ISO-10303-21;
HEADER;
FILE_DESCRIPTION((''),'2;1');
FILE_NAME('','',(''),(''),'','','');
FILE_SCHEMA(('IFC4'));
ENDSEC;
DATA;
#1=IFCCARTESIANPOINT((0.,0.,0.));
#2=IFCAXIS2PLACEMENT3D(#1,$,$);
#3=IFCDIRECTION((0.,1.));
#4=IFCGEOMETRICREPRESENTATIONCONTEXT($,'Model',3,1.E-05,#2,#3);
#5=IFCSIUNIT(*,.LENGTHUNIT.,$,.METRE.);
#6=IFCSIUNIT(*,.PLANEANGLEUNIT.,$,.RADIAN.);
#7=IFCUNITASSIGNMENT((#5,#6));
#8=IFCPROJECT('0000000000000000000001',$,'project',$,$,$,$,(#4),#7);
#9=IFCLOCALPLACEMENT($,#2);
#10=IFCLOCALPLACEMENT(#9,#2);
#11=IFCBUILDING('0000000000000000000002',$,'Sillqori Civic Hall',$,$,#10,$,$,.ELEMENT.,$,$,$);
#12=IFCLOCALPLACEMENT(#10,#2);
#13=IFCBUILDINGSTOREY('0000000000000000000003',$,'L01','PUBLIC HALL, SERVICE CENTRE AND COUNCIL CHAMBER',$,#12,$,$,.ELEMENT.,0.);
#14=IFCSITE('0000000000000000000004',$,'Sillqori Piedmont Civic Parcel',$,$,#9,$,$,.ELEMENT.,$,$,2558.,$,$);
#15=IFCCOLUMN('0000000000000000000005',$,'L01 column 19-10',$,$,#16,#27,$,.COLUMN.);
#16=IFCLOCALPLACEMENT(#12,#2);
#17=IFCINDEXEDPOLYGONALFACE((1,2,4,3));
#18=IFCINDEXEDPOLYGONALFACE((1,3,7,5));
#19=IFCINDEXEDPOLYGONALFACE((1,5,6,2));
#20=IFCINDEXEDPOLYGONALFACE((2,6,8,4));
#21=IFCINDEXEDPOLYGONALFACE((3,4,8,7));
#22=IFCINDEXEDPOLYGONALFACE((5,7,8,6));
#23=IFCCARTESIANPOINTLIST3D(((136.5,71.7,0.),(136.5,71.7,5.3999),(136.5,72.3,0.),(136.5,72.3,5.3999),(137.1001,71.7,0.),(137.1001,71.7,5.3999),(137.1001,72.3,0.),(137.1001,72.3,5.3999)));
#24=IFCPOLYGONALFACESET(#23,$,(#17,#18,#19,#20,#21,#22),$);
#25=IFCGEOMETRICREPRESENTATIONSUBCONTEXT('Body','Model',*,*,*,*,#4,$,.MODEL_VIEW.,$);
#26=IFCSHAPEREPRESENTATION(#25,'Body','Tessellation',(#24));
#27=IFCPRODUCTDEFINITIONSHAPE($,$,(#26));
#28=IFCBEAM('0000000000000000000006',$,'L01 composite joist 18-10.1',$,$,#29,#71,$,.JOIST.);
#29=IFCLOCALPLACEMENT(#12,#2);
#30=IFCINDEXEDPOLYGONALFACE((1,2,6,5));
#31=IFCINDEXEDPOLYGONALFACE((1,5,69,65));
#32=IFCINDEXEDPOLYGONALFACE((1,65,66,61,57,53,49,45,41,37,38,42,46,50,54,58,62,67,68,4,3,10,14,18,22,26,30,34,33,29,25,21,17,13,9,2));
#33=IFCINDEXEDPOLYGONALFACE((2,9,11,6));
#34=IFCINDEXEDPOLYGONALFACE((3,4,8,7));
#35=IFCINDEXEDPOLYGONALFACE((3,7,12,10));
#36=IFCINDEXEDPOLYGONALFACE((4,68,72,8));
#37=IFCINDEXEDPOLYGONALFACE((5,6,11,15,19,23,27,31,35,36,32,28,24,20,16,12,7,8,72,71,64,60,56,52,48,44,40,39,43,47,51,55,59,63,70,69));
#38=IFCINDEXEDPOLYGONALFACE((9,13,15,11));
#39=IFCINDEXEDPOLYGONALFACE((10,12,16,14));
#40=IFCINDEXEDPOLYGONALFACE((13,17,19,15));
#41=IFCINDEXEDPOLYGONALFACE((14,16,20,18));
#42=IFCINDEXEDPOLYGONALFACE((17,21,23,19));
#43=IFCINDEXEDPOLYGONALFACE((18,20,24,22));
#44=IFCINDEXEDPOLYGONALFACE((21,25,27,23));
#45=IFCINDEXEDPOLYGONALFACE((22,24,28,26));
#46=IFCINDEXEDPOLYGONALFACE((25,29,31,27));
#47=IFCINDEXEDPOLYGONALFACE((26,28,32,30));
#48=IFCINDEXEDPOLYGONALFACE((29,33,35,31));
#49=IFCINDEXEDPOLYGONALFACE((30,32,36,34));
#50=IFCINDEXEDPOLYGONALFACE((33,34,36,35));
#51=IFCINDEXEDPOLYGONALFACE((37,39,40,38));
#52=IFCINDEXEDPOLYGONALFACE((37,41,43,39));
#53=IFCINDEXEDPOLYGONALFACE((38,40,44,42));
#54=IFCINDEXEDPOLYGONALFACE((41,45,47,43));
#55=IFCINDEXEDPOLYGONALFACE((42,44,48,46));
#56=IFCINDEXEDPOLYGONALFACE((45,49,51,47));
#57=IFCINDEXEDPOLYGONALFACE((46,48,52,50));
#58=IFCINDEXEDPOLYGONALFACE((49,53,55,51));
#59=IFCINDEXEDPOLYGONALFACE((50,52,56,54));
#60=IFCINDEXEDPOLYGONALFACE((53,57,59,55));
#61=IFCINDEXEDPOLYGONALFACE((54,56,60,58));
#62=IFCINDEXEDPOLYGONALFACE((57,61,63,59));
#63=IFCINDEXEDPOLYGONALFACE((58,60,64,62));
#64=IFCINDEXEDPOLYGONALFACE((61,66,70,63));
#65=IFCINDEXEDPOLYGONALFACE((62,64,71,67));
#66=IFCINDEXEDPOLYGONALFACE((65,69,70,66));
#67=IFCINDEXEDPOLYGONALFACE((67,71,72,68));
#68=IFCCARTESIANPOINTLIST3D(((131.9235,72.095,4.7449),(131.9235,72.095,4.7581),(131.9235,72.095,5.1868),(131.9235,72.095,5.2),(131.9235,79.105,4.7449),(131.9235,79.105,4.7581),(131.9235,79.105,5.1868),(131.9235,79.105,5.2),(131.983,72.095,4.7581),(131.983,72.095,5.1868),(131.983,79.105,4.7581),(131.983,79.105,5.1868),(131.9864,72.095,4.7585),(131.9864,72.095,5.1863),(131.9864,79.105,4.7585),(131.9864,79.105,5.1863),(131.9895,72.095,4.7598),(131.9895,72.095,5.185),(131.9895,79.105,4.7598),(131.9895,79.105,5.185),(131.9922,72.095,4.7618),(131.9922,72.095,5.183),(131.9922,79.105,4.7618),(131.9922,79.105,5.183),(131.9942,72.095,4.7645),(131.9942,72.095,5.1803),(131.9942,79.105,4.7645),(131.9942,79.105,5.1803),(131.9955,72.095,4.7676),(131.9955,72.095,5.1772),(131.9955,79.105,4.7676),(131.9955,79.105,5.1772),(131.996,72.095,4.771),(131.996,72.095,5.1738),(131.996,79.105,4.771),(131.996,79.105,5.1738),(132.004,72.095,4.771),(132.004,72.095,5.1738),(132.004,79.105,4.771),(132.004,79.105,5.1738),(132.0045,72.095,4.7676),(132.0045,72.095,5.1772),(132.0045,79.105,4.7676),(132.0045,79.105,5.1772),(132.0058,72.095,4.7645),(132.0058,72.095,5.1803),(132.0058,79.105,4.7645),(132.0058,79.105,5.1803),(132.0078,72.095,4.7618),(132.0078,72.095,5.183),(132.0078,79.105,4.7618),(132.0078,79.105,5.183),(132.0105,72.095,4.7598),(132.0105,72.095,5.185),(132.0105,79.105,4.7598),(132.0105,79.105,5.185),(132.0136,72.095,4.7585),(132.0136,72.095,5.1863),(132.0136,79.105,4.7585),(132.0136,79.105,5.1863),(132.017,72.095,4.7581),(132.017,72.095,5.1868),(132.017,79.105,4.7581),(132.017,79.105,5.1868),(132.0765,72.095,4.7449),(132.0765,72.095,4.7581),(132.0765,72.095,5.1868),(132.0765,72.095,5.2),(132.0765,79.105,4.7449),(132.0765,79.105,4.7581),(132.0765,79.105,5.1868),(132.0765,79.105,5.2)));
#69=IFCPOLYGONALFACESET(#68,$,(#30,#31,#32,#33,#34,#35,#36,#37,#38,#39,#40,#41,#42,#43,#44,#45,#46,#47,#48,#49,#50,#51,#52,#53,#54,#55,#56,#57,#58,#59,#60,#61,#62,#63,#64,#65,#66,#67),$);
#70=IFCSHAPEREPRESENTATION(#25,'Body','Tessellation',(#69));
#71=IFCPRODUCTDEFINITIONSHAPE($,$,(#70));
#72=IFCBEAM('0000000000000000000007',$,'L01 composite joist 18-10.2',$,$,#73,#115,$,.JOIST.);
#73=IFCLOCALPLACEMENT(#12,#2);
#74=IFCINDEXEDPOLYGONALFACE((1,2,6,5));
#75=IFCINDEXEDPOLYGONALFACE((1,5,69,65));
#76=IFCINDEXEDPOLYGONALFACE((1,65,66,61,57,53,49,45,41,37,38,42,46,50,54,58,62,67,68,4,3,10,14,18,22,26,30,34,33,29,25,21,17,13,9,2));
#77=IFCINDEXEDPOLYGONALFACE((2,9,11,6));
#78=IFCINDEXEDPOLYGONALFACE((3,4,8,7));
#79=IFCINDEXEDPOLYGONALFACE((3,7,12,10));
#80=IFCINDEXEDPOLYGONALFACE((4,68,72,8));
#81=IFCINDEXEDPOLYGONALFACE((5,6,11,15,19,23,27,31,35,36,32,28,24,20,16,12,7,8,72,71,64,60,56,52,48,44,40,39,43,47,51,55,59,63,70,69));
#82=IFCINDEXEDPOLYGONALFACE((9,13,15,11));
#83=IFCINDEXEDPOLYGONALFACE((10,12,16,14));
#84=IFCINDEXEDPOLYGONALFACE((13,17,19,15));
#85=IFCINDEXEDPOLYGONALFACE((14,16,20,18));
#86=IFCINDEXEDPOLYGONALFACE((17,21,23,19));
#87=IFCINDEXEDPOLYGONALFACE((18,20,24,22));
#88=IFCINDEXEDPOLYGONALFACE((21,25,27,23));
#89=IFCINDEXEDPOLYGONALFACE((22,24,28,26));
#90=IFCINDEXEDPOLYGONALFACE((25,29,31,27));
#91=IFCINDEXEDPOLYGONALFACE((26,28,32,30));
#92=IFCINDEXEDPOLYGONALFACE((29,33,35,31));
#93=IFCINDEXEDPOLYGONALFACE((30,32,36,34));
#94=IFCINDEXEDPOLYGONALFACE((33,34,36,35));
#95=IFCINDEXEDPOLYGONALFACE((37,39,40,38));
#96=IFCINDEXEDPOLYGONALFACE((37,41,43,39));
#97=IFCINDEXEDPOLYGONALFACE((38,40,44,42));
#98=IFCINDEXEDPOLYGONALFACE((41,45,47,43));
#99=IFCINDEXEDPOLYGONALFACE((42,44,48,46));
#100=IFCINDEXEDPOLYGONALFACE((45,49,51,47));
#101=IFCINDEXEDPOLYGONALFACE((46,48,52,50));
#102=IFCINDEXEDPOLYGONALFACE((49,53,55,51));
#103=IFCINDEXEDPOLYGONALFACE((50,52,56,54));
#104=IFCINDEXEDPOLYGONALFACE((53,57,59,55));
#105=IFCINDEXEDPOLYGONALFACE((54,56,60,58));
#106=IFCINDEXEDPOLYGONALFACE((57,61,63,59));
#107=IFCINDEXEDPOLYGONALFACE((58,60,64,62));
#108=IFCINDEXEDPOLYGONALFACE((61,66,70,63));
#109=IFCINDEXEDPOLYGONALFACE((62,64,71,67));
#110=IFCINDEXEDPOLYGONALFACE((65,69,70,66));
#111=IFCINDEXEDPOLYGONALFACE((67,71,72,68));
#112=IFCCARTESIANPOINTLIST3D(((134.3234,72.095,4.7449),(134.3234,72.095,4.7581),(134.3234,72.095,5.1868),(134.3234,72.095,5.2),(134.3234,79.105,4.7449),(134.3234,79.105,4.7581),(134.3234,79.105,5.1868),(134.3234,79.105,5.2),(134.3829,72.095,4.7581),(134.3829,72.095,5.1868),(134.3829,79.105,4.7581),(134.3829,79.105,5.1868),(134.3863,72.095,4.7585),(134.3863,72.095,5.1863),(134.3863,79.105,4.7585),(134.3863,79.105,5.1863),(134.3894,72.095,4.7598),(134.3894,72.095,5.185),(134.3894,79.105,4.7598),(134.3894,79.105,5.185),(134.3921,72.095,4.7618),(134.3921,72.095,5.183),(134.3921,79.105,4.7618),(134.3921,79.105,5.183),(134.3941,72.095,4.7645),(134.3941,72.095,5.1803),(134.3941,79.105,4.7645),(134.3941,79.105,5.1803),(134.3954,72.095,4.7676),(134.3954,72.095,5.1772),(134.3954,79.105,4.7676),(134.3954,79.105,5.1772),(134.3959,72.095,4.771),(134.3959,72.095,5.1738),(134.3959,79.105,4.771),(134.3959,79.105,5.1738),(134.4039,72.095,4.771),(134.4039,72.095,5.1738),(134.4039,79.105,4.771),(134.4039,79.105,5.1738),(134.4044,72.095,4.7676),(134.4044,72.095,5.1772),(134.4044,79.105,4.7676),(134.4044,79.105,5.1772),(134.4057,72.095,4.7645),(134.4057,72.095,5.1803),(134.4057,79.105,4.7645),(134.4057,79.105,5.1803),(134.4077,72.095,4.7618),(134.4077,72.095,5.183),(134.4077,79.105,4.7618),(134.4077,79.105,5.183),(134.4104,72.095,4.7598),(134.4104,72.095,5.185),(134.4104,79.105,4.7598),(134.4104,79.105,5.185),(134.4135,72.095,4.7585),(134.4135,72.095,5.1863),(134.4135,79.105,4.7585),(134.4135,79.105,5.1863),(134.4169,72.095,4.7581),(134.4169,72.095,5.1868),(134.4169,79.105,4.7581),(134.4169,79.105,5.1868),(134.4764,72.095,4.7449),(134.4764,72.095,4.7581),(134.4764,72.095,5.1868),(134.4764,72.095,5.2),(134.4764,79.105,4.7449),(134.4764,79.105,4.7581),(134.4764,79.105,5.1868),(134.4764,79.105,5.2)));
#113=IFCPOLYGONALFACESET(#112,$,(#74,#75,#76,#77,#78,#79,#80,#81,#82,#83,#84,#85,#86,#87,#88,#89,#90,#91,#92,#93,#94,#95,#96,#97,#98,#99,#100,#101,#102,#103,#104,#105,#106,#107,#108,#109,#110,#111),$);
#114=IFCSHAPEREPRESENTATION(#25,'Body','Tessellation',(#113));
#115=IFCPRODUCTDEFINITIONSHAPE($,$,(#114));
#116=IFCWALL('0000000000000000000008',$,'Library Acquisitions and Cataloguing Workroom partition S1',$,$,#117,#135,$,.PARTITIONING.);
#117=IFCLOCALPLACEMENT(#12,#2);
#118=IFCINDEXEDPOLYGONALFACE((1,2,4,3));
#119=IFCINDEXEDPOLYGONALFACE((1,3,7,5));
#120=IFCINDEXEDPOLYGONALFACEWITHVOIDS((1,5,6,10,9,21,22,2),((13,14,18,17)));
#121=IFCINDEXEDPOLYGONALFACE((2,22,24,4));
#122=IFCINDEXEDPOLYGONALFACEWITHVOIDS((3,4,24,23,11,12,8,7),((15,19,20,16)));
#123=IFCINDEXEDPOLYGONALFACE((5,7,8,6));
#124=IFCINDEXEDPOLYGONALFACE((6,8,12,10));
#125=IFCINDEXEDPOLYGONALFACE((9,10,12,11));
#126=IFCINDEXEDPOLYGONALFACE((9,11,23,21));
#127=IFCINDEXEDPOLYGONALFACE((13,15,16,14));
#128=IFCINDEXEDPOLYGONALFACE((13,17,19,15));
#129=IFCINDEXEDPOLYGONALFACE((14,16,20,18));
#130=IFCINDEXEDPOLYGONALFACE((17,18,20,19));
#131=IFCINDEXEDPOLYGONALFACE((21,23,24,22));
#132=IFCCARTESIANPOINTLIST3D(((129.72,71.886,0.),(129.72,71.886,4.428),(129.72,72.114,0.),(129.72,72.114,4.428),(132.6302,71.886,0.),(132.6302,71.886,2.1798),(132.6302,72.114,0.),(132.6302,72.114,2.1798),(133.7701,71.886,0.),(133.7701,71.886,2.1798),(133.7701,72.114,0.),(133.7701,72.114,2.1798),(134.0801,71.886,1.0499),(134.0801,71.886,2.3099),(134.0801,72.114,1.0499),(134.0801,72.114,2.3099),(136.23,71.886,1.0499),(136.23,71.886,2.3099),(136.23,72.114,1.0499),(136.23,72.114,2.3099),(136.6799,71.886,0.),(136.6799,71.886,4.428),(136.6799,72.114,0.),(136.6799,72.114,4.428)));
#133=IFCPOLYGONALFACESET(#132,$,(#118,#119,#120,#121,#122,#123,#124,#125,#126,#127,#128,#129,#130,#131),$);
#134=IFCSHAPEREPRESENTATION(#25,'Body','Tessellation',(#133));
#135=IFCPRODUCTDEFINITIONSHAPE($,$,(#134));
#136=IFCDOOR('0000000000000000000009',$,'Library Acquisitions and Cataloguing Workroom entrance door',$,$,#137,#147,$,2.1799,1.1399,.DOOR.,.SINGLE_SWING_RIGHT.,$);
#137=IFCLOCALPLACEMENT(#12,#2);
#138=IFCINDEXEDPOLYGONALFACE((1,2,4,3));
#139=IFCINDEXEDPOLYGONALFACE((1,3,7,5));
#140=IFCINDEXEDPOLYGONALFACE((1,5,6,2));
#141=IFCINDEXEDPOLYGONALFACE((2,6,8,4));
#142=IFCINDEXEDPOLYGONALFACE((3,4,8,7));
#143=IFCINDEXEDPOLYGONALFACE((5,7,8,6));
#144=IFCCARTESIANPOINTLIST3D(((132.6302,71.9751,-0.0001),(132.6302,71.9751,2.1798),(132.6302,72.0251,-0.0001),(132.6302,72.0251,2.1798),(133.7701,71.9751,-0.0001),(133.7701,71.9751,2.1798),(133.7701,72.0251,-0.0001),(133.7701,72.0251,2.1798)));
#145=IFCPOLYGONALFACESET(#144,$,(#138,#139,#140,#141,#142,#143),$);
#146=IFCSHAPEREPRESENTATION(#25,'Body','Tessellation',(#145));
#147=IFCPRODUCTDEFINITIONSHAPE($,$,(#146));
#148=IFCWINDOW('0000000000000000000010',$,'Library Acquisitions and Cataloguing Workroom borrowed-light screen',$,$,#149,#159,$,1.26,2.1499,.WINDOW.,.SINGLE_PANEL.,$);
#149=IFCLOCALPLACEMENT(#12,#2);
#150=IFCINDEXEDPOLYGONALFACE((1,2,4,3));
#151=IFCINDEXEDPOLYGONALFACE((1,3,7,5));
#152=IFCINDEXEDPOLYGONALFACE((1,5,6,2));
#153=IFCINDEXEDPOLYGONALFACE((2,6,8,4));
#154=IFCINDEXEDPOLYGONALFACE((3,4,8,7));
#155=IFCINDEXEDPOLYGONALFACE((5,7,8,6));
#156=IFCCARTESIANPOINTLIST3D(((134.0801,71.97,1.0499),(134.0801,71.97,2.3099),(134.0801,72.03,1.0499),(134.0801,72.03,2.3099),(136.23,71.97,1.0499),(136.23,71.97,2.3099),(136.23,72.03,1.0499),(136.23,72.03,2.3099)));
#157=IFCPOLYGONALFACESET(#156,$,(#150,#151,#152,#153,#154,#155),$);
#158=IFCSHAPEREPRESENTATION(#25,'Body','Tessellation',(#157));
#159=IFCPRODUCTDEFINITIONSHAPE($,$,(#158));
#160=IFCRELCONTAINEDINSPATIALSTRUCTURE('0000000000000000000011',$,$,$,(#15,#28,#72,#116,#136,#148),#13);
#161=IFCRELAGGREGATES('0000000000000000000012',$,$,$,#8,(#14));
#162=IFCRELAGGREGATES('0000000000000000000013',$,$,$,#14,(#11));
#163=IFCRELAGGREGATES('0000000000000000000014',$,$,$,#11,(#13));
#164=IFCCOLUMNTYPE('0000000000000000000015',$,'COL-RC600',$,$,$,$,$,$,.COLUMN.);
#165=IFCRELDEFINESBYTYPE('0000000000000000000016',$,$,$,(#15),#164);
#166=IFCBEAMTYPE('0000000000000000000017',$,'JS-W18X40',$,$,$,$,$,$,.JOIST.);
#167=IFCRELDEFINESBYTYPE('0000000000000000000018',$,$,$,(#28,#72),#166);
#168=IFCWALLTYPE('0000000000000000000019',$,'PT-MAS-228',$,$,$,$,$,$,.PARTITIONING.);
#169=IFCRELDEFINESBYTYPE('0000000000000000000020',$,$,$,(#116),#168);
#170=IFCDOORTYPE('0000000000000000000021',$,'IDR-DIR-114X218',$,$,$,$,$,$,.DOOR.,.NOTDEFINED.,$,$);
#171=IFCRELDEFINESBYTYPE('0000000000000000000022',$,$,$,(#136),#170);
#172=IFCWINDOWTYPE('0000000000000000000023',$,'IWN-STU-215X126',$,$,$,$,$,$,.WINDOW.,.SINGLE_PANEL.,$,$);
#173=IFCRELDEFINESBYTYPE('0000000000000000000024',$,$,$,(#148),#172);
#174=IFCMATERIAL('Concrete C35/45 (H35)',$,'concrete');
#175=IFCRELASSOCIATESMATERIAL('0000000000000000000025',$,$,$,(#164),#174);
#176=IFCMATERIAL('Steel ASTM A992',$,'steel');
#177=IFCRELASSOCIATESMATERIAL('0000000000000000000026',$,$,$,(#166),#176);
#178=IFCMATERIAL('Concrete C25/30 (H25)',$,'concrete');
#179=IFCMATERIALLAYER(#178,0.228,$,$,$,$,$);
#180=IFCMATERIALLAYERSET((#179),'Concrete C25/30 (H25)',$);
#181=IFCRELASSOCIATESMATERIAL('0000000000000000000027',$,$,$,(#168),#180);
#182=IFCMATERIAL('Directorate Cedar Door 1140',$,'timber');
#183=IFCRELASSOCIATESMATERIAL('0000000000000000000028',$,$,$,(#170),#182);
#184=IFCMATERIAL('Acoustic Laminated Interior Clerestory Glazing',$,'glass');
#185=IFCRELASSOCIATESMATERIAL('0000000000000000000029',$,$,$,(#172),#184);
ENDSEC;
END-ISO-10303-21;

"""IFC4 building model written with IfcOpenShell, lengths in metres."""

from ifc_helpers import new_model, si_unit, direction, frame, frame_2d, origin, origin_2d, place, context, subcontext, project, spatial, rectangle, i_section, extrude, material, layer, layer_set, material_profile, profile_set, type_object, element, fill, save


model = new_model("IFC4")

# Units and contexts
model_context = context("Model", 3, precision=1e-05, world=origin(), true_north=direction((0.0, 1.0)))
body_context = subcontext(model_context, "Body", "Model", "MODEL_VIEW")
ifc_project = project(units=[si_unit("LENGTHUNIT", "METRE"), si_unit("PLANEANGLEUNIT", "RADIAN")], contexts=[model_context])

# Site, building, storey
site_placement = place(None, origin())
site = spatial("IfcSite", under=ifc_project, at=site_placement, Name="Sillqori Piedmont Civic Parcel", CompositionType="ELEMENT", RefElevation=2558.0)
building_placement = place(site_placement, origin())
building = spatial("IfcBuilding", under=site, at=building_placement, Name="Sillqori Civic Hall", CompositionType="ELEMENT")
storey_placement = place(building_placement, origin())
storey = spatial("IfcBuildingStorey", under=building, at=storey_placement, Name="L01", Description="PUBLIC HALL, SERVICE CENTRE AND COUNCIL CHAMBER", CompositionType="ELEMENT", Elevation=0.0)

# Column
ifc_material_1 = material(Name="Concrete C35/45 (H35)", Category="concrete")
ifc_material_profile_1 = material_profile(ifc_material_1, rectangle(XDim=0.6001, YDim=0.6001, at=origin_2d()), Name="RC 600x600")
ifc_profile_set_1 = profile_set([ifc_material_profile_1], Name="Concrete C35/45 (H35)")
column_type = type_object("IfcColumnType", Name="COL-RC600", PredefinedType="COLUMN", material=ifc_profile_set_1)
column_placement = place(storey_placement, frame((136.8, 72.0, 0.0), z_axis=(0.0, 0.0, 1.0), x_axis=(1.0, 0.0, 0.0)))
element("IfcColumn", 1, at=column_placement, inside=storey, type_object=column_type, Name="L01 column 19-10", PredefinedType="COLUMN", context=body_context, shape_type="SweptSolid", body=[
    extrude(rectangle(XDim=0.6001, YDim=0.6001, at=origin_2d()), origin(), (0.0, 0.0, 1.0), 5.3999),
])

# Beams
ifc_material_2 = material(Name="Steel ASTM A992", Category="steel")
ifc_material_profile_2 = material_profile(ifc_material_2, i_section(OverallWidth=0.1531, OverallDepth=0.4551, WebThickness=0.0081, FlangeThickness=0.0132, FilletRadius=0.0129, at=origin_2d()), Name="W18X40")
ifc_profile_set_2 = profile_set([ifc_material_profile_2], Name="Steel ASTM A992")
beam_type = type_object("IfcBeamType", Name="JS-W18X40", PredefinedType="JOIST", material=ifc_profile_set_2)
for number, where, z_axis, x_axis, name in (
    (2, (132.0, 72.095, 4.9724), (0.0, 1.0, 0.0), (-1.0, 0.0, 0.0), "L01 composite joist 18-10.1"),
    (3, (134.3999, 72.095, 4.9724), (0.0, 1.0, 0.0), (-1.0, 0.0, 0.0), "L01 composite joist 18-10.2"),
):
    element("IfcBeam", number, at=place(storey_placement, frame(where, z_axis=z_axis, x_axis=x_axis)), inside=storey, type_object=beam_type, Name=name, PredefinedType="JOIST", context=body_context, shape_type="SweptSolid", body=[
        extrude(i_section(OverallWidth=0.1531, OverallDepth=0.4551, WebThickness=0.0081, FlangeThickness=0.0132, FilletRadius=0.0129, at=origin_2d()), origin(), (0.0, 0.0, 1.0), 7.01),
    ])

# Wall, openings, door, window
ifc_material_3 = material(Name="Concrete C25/30 (H25)", Category="concrete")
ifc_layer = layer(ifc_material_3, 0.228)
ifc_layer_set = layer_set([ifc_layer], Name="Concrete C25/30 (H25)")
wall_type = type_object("IfcWallType", Name="PT-MAS-228", PredefinedType="PARTITIONING", material=ifc_layer_set)
wall_placement = place(storey_placement, frame((136.6799, 72.0, 0.0), z_axis=(0.0, 0.0, 1.0), x_axis=(-1.0, 0.0, 0.0)))
wall = element("IfcWall", 4, at=wall_placement, inside=storey, type_object=wall_type, Name="Library Acquisitions and Cataloguing Workroom partition S1", PredefinedType="PARTITIONING", context=body_context, shape_type="SweptSolid", body=[
    extrude(rectangle(XDim=6.96, YDim=0.228, at=frame_2d((3.48, 0.0))), origin(), (0.0, 0.0, 1.0), 4.428),
])
opening_1_placement = place(wall_placement, frame((2.9099, 0.0, 0.0)))
opening_1 = element("IfcOpeningElement", 5, at=opening_1_placement, cuts=wall, PredefinedType="OPENING", context=body_context, shape_type="SweptSolid", body=[
    extrude(rectangle(XDim=1.1399, YDim=2.1799, at=frame_2d((0.5698, 1.0898))), frame((0.0, 0.124, 0.0), z_axis=(0.0, -1.0, 0.0), x_axis=(1.0, 0.0, 0.0)), (0.0, 0.0, 1.0), 0.248),
])
opening_2_placement = place(wall_placement, frame((0.45, 0.0, 1.05)))
opening_2 = element("IfcOpeningElement", 6, at=opening_2_placement, cuts=wall, PredefinedType="OPENING", context=body_context, shape_type="SweptSolid", body=[
    extrude(rectangle(XDim=2.1499, YDim=1.26, at=frame_2d((1.075, 0.6299))), frame((0.0, 0.124, 0.0), z_axis=(0.0, -1.0, 0.0), x_axis=(1.0, 0.0, 0.0)), (0.0, 0.0, 1.0), 0.248),
])
ifc_material_4 = material(Name="Directorate Cedar Door 1140", Category="timber")
door_type = type_object("IfcDoorType", Name="IDR-DIR-114X218", OperationType="NOTDEFINED", PredefinedType="DOOR", material=ifc_material_4)
door_placement = place(opening_1_placement, origin())
door = element("IfcDoor", 7, at=door_placement, inside=storey, type_object=door_type, Name="Library Acquisitions and Cataloguing Workroom entrance door", OperationType="SINGLE_SWING_RIGHT", OverallHeight=2.1799, OverallWidth=1.1399, PredefinedType="DOOR", context=body_context, shape_type="SweptSolid", body=[
    extrude(rectangle(XDim=1.1399, YDim=2.1799, at=frame_2d((0.5698, 1.0898))), frame((0.0, 0.0249, 0.0), z_axis=(0.0, -1.0, 0.0), x_axis=(1.0, 0.0, 0.0)), (0.0, 0.0, 1.0), 0.05),
])
fill(opening_1, door)
ifc_material_5 = material(Name="Acoustic Laminated Interior Clerestory Glazing", Category="glass")
window_type = type_object("IfcWindowType", Name="IWN-STU-215X126", PartitioningType="SINGLE_PANEL", PredefinedType="WINDOW", material=ifc_material_5)
window_placement = place(opening_2_placement, origin())
window = element("IfcWindow", 8, at=window_placement, inside=storey, type_object=window_type, Name="Library Acquisitions and Cataloguing Workroom borrowed-light screen", OverallHeight=1.26, OverallWidth=2.1499, PartitioningType="SINGLE_PANEL", PredefinedType="WINDOW", context=body_context, shape_type="SweptSolid", body=[
    extrude(rectangle(XDim=2.1499, YDim=1.26, at=frame_2d((1.075, 0.6299))), frame((0.0, 0.03, 0.0), z_axis=(0.0, -1.0, 0.0), x_axis=(1.0, 0.0, 0.0)), (0.0, 0.0, 1.0), 0.0601),
])
fill(opening_2, window)

save(model, "model.ifc")
